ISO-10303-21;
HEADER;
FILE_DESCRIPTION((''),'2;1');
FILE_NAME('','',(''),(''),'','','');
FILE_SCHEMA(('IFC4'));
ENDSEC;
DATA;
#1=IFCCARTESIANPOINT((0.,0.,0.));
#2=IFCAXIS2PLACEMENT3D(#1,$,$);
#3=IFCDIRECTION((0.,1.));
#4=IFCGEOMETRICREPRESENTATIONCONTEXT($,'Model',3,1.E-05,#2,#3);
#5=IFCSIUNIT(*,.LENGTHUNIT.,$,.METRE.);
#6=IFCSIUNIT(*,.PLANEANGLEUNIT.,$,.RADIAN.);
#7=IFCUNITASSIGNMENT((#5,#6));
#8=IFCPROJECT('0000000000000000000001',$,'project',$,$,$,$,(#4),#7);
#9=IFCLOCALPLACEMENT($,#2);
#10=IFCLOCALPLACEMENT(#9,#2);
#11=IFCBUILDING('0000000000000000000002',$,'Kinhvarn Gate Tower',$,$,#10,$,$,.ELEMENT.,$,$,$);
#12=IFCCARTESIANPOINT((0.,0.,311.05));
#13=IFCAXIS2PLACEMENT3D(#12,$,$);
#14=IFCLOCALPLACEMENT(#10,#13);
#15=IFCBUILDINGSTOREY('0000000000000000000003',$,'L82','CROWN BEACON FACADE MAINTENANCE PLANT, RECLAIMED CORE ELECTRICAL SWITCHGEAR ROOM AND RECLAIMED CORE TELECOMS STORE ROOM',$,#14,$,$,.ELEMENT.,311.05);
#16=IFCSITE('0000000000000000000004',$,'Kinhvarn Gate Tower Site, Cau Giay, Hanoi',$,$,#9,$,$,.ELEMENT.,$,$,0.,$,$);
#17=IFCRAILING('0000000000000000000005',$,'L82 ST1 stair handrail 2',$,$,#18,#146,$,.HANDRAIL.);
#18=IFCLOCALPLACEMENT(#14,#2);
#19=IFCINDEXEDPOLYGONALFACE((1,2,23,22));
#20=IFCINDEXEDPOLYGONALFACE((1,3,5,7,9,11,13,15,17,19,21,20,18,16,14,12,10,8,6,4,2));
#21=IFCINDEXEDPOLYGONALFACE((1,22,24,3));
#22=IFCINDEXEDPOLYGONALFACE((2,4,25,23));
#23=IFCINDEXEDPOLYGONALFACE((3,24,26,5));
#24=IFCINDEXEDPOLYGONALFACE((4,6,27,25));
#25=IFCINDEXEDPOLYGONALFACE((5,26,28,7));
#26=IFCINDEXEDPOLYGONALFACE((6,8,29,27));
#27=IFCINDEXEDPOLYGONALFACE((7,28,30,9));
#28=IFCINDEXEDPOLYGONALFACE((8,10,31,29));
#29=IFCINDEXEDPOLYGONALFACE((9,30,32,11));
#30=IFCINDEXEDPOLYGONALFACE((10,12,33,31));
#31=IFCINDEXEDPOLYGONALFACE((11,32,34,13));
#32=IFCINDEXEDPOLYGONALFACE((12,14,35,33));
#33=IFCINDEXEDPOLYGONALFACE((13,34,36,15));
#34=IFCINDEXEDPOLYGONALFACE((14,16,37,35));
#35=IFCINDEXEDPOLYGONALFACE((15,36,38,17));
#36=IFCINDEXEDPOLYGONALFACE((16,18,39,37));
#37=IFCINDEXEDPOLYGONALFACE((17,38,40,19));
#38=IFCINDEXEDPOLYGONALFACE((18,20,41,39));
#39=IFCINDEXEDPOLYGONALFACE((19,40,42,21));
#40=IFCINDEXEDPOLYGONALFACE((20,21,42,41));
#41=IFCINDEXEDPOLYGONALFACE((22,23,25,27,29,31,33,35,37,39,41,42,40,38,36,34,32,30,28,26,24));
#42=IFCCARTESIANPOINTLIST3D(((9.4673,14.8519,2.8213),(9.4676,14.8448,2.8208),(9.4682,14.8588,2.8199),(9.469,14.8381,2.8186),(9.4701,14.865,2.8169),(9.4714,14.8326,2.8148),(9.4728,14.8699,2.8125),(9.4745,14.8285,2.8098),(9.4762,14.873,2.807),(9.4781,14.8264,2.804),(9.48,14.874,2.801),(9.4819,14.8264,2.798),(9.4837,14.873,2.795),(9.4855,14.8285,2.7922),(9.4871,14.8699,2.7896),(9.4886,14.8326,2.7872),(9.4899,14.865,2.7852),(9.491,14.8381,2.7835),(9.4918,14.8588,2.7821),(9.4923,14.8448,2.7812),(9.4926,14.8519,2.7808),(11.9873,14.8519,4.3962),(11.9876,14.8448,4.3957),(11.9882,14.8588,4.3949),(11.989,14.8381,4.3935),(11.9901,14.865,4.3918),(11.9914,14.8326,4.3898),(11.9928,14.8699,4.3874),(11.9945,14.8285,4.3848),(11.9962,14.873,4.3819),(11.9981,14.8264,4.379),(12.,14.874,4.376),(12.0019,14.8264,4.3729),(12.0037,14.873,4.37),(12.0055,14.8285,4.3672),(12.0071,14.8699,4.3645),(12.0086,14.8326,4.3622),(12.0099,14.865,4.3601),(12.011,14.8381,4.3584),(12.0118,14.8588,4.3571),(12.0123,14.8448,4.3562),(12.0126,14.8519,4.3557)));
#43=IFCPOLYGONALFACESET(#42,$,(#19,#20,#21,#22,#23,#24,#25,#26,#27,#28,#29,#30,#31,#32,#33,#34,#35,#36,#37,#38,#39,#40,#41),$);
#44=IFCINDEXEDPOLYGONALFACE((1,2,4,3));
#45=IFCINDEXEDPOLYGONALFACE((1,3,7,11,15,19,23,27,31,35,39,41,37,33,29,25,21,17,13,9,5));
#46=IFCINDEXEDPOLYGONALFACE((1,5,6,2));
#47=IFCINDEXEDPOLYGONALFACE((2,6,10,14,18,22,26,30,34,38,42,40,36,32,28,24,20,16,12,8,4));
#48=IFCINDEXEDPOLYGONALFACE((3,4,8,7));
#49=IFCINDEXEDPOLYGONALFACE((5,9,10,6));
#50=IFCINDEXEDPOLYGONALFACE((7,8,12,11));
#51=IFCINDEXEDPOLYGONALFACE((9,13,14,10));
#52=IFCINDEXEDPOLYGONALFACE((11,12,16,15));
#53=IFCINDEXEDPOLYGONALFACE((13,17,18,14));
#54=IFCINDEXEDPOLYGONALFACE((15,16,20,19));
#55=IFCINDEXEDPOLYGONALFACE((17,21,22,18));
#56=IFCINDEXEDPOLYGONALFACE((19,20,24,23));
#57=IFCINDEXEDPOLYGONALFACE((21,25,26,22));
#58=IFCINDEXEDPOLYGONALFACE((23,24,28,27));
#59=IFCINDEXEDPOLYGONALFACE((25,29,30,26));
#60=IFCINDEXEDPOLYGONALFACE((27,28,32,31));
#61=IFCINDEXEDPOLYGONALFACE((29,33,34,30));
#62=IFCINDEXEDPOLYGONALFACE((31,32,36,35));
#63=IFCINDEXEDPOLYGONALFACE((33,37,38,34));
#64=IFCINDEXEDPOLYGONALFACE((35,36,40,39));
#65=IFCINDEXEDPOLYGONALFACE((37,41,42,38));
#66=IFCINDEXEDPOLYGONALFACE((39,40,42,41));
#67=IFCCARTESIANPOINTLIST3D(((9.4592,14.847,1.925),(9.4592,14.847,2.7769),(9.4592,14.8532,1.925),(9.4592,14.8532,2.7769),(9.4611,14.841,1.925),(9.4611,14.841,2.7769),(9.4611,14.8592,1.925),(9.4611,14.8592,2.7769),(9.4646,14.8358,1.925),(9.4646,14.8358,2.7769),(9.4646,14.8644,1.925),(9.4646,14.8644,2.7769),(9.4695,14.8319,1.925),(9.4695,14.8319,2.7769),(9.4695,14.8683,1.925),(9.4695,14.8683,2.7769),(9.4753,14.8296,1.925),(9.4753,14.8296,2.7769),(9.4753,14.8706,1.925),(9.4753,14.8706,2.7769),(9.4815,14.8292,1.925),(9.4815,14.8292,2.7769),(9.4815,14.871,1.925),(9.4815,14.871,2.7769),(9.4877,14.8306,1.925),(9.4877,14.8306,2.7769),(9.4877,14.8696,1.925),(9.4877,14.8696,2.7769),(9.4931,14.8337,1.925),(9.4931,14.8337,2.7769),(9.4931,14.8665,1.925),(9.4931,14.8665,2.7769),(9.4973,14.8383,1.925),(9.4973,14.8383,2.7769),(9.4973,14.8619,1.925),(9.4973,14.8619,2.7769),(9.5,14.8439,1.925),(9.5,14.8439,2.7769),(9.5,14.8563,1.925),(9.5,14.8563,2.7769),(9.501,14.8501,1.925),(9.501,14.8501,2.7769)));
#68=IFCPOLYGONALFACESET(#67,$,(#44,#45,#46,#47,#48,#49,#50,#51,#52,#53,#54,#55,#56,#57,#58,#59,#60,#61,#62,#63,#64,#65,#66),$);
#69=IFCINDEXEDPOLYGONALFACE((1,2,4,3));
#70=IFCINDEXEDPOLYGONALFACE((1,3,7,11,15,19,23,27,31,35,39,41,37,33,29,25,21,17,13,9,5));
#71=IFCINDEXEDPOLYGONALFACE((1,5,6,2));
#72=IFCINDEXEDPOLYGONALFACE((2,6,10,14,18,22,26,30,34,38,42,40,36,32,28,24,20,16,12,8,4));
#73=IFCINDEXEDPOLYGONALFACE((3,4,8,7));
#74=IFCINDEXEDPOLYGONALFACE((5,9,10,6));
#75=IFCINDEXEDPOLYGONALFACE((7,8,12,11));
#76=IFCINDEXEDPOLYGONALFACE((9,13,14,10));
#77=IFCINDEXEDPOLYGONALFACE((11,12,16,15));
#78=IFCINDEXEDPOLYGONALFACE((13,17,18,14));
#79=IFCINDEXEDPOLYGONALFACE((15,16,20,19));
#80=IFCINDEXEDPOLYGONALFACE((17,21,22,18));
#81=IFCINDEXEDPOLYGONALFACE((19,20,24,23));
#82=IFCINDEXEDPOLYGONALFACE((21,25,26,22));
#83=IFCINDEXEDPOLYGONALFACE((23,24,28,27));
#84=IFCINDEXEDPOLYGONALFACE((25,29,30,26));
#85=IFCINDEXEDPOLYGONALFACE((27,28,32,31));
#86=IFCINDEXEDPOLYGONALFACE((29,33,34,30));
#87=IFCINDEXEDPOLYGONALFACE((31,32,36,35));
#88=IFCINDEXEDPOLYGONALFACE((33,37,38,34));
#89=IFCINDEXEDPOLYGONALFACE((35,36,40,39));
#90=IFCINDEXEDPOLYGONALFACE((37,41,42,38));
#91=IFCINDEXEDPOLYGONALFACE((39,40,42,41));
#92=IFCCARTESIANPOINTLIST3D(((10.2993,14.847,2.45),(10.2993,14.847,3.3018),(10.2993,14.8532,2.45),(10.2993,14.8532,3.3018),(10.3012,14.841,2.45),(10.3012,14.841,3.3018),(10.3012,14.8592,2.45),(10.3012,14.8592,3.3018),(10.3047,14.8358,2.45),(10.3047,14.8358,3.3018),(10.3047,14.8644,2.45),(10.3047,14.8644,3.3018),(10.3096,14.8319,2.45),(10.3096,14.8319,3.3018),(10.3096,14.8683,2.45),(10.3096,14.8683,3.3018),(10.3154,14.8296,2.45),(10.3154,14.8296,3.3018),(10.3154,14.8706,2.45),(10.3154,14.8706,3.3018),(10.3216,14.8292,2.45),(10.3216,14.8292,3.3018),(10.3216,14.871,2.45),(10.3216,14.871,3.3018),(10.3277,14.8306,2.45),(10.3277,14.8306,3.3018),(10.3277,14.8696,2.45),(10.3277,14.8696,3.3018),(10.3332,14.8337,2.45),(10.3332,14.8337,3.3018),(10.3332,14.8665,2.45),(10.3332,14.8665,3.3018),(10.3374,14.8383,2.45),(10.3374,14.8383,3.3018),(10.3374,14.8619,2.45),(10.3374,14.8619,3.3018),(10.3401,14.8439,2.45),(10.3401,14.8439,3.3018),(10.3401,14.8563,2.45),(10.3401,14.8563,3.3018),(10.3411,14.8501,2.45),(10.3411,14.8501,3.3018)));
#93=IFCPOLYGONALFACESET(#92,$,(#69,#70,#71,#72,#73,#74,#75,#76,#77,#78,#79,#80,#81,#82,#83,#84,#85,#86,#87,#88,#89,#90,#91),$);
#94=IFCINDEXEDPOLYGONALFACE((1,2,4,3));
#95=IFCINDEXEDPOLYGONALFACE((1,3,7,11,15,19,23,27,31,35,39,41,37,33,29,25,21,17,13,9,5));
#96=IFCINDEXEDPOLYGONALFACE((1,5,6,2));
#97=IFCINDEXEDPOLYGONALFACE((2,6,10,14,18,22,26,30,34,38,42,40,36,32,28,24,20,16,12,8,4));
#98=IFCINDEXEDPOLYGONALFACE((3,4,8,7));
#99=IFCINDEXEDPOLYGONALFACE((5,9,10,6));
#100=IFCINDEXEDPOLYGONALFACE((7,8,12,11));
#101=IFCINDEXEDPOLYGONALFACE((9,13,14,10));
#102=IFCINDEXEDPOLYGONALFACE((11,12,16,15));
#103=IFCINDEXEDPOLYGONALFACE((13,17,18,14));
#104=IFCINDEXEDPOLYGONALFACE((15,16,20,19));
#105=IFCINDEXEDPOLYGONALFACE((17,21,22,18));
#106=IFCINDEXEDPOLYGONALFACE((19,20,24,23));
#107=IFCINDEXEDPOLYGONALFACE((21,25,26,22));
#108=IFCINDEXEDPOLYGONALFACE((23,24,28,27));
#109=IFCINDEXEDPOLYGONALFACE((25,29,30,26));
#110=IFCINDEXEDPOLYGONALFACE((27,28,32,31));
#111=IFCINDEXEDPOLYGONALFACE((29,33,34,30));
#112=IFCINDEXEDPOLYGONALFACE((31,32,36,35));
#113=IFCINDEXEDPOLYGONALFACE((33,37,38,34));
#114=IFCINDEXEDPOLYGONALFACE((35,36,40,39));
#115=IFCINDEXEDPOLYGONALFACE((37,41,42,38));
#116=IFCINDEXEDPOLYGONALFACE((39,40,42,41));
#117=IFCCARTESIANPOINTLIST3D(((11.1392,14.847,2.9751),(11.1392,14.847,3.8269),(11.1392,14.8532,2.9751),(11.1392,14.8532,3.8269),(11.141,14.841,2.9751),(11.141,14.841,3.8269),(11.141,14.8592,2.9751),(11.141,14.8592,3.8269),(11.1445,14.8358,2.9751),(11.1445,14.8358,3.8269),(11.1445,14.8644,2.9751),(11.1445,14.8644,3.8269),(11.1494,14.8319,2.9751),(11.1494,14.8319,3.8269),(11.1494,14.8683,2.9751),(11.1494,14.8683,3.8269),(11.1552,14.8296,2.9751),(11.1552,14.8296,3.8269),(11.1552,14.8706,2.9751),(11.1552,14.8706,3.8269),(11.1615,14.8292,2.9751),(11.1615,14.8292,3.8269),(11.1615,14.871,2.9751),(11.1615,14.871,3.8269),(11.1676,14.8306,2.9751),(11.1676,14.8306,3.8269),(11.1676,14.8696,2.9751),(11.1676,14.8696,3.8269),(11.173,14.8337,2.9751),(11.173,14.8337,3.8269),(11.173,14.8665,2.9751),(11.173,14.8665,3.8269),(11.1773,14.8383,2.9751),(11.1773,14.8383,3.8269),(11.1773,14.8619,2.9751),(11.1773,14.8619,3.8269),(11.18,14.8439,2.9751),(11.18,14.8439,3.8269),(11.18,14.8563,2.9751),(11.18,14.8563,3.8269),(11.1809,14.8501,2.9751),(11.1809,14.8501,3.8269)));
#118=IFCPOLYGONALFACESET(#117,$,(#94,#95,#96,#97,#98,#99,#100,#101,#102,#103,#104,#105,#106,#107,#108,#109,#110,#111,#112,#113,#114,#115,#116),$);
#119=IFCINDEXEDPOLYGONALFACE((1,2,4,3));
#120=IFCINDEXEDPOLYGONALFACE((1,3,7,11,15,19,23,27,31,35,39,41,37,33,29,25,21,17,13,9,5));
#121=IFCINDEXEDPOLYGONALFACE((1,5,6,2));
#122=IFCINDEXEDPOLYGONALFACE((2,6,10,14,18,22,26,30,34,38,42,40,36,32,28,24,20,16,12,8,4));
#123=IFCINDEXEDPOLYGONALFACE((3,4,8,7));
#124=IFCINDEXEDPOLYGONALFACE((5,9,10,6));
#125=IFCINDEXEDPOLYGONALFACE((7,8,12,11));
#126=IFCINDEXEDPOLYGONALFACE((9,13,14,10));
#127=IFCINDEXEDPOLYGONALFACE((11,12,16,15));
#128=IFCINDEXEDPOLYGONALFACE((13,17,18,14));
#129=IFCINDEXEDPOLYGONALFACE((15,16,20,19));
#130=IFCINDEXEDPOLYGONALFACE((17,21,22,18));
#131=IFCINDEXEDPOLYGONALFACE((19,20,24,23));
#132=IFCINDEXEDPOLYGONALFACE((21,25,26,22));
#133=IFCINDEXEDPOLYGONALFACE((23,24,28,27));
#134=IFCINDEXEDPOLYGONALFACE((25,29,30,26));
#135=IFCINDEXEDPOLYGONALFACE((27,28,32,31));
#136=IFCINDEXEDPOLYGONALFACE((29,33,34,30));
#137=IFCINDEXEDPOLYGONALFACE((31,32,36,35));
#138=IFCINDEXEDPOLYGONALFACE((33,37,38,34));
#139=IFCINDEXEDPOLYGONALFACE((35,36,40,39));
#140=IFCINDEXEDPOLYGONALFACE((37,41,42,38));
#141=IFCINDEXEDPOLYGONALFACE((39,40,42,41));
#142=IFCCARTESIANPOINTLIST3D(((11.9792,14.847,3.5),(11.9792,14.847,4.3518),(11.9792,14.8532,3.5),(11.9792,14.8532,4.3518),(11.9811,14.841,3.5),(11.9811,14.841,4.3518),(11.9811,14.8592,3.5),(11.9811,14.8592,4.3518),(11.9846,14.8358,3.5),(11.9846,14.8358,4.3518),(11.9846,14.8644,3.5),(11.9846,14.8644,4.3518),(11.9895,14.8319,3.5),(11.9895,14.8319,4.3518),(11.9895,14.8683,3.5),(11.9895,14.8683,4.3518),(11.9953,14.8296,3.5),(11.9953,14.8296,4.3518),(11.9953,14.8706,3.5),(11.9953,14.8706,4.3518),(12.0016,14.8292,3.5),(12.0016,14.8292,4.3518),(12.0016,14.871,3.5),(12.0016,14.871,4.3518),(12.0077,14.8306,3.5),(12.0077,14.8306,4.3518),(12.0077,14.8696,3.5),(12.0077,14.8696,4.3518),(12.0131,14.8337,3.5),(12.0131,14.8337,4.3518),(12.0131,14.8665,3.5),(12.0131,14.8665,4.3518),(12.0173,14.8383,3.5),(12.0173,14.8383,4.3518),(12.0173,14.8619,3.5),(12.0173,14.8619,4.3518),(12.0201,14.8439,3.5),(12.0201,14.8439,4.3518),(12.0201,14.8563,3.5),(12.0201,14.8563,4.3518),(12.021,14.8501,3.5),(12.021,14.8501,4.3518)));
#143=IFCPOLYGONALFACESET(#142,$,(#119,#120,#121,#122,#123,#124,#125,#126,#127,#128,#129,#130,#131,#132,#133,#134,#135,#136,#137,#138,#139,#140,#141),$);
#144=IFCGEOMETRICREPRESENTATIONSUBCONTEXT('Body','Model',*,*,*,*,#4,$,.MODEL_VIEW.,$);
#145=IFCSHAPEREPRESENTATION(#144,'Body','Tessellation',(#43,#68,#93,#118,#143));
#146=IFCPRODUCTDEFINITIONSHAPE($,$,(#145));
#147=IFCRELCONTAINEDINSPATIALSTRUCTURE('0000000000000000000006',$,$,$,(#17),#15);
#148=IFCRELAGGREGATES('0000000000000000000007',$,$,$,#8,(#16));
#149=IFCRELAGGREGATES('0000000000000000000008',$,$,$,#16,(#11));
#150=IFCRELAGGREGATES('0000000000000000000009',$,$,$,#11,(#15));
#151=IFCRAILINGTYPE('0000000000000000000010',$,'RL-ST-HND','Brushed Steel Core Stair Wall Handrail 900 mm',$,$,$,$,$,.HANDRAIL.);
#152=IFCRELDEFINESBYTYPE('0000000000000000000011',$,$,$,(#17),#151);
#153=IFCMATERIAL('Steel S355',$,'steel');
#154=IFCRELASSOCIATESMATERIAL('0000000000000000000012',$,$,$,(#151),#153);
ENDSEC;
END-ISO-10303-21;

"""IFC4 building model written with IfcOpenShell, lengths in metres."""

from ifc_helpers import new_model, si_unit, direction, frame, origin, origin_2d, place, context, subcontext, project, spatial, circle, extrude, material, type_object, element, save


model = new_model("IFC4")

# Units and contexts
model_context = context("Model", 3, precision=1e-05, world=origin(), true_north=direction((0.0, 1.0)))
body_context = subcontext(model_context, "Body", "Model", "MODEL_VIEW")
ifc_project = project(units=[si_unit("LENGTHUNIT", "METRE"), si_unit("PLANEANGLEUNIT", "RADIAN")], contexts=[model_context])

# Site, building, storey
site_placement = place(None, origin())
site = spatial("IfcSite", under=ifc_project, at=site_placement, Name="Kinhvarn Gate Tower Site, Cau Giay, Hanoi", CompositionType="ELEMENT", RefElevation=0.0)
building_placement = place(site_placement, origin())
building = spatial("IfcBuilding", under=site, at=building_placement, Name="Kinhvarn Gate Tower", CompositionType="ELEMENT")
storey_placement = place(building_placement, frame((0.0, 0.0, 311.05)))
storey = spatial("IfcBuildingStorey", under=building, at=storey_placement, Name="L82", Description="CROWN BEACON FACADE MAINTENANCE PLANT, RECLAIMED CORE ELECTRICAL SWITCHGEAR ROOM AND RECLAIMED CORE TELECOMS STORE ROOM", CompositionType="ELEMENT", Elevation=311.05)

# Railing
ifc_material_1 = material(Name="Steel S355", Category="steel")
railing_type_1 = type_object("IfcRailingType", Name="RL-ST-HND", Description="Brushed Steel Core Stair Wall Handrail 900 mm", PredefinedType="HANDRAIL", material=ifc_material_1)
railing_1_placement = place(storey_placement, frame((9.48, 14.8501, 1.925)))
element("IfcRailing", 1, at=railing_1_placement, inside=storey, type_object=railing_type_1, Name="L82 ST1 stair handrail 2", PredefinedType="HANDRAIL", context=body_context, shape_type="SweptSolid", body=[
    extrude(circle(Radius=0.0239, at=origin_2d()), frame((0.0, 0.0, 0.876), z_axis=(0.848008, 0.0, 0.529984), x_axis=(0.0, 1.0, 0.0)), (0.0, 0.0, 1.0), 2.9717),
    extrude(circle(Radius=0.021, at=origin_2d()), origin(), (0.0, 0.0, 1.0), 0.8518),
    extrude(circle(Radius=0.021, at=origin_2d()), frame((0.8401, 0.0, 0.5249)), (0.0, 0.0, 1.0), 0.8518),
    extrude(circle(Radius=0.021, at=origin_2d()), frame((1.6799, 0.0, 1.05)), (0.0, 0.0, 1.0), 0.8518),
    extrude(circle(Radius=0.021, at=origin_2d()), frame((2.52, 0.0, 1.575)), (0.0, 0.0, 1.0), 0.8518),
])

save(model, "model.ifc")
